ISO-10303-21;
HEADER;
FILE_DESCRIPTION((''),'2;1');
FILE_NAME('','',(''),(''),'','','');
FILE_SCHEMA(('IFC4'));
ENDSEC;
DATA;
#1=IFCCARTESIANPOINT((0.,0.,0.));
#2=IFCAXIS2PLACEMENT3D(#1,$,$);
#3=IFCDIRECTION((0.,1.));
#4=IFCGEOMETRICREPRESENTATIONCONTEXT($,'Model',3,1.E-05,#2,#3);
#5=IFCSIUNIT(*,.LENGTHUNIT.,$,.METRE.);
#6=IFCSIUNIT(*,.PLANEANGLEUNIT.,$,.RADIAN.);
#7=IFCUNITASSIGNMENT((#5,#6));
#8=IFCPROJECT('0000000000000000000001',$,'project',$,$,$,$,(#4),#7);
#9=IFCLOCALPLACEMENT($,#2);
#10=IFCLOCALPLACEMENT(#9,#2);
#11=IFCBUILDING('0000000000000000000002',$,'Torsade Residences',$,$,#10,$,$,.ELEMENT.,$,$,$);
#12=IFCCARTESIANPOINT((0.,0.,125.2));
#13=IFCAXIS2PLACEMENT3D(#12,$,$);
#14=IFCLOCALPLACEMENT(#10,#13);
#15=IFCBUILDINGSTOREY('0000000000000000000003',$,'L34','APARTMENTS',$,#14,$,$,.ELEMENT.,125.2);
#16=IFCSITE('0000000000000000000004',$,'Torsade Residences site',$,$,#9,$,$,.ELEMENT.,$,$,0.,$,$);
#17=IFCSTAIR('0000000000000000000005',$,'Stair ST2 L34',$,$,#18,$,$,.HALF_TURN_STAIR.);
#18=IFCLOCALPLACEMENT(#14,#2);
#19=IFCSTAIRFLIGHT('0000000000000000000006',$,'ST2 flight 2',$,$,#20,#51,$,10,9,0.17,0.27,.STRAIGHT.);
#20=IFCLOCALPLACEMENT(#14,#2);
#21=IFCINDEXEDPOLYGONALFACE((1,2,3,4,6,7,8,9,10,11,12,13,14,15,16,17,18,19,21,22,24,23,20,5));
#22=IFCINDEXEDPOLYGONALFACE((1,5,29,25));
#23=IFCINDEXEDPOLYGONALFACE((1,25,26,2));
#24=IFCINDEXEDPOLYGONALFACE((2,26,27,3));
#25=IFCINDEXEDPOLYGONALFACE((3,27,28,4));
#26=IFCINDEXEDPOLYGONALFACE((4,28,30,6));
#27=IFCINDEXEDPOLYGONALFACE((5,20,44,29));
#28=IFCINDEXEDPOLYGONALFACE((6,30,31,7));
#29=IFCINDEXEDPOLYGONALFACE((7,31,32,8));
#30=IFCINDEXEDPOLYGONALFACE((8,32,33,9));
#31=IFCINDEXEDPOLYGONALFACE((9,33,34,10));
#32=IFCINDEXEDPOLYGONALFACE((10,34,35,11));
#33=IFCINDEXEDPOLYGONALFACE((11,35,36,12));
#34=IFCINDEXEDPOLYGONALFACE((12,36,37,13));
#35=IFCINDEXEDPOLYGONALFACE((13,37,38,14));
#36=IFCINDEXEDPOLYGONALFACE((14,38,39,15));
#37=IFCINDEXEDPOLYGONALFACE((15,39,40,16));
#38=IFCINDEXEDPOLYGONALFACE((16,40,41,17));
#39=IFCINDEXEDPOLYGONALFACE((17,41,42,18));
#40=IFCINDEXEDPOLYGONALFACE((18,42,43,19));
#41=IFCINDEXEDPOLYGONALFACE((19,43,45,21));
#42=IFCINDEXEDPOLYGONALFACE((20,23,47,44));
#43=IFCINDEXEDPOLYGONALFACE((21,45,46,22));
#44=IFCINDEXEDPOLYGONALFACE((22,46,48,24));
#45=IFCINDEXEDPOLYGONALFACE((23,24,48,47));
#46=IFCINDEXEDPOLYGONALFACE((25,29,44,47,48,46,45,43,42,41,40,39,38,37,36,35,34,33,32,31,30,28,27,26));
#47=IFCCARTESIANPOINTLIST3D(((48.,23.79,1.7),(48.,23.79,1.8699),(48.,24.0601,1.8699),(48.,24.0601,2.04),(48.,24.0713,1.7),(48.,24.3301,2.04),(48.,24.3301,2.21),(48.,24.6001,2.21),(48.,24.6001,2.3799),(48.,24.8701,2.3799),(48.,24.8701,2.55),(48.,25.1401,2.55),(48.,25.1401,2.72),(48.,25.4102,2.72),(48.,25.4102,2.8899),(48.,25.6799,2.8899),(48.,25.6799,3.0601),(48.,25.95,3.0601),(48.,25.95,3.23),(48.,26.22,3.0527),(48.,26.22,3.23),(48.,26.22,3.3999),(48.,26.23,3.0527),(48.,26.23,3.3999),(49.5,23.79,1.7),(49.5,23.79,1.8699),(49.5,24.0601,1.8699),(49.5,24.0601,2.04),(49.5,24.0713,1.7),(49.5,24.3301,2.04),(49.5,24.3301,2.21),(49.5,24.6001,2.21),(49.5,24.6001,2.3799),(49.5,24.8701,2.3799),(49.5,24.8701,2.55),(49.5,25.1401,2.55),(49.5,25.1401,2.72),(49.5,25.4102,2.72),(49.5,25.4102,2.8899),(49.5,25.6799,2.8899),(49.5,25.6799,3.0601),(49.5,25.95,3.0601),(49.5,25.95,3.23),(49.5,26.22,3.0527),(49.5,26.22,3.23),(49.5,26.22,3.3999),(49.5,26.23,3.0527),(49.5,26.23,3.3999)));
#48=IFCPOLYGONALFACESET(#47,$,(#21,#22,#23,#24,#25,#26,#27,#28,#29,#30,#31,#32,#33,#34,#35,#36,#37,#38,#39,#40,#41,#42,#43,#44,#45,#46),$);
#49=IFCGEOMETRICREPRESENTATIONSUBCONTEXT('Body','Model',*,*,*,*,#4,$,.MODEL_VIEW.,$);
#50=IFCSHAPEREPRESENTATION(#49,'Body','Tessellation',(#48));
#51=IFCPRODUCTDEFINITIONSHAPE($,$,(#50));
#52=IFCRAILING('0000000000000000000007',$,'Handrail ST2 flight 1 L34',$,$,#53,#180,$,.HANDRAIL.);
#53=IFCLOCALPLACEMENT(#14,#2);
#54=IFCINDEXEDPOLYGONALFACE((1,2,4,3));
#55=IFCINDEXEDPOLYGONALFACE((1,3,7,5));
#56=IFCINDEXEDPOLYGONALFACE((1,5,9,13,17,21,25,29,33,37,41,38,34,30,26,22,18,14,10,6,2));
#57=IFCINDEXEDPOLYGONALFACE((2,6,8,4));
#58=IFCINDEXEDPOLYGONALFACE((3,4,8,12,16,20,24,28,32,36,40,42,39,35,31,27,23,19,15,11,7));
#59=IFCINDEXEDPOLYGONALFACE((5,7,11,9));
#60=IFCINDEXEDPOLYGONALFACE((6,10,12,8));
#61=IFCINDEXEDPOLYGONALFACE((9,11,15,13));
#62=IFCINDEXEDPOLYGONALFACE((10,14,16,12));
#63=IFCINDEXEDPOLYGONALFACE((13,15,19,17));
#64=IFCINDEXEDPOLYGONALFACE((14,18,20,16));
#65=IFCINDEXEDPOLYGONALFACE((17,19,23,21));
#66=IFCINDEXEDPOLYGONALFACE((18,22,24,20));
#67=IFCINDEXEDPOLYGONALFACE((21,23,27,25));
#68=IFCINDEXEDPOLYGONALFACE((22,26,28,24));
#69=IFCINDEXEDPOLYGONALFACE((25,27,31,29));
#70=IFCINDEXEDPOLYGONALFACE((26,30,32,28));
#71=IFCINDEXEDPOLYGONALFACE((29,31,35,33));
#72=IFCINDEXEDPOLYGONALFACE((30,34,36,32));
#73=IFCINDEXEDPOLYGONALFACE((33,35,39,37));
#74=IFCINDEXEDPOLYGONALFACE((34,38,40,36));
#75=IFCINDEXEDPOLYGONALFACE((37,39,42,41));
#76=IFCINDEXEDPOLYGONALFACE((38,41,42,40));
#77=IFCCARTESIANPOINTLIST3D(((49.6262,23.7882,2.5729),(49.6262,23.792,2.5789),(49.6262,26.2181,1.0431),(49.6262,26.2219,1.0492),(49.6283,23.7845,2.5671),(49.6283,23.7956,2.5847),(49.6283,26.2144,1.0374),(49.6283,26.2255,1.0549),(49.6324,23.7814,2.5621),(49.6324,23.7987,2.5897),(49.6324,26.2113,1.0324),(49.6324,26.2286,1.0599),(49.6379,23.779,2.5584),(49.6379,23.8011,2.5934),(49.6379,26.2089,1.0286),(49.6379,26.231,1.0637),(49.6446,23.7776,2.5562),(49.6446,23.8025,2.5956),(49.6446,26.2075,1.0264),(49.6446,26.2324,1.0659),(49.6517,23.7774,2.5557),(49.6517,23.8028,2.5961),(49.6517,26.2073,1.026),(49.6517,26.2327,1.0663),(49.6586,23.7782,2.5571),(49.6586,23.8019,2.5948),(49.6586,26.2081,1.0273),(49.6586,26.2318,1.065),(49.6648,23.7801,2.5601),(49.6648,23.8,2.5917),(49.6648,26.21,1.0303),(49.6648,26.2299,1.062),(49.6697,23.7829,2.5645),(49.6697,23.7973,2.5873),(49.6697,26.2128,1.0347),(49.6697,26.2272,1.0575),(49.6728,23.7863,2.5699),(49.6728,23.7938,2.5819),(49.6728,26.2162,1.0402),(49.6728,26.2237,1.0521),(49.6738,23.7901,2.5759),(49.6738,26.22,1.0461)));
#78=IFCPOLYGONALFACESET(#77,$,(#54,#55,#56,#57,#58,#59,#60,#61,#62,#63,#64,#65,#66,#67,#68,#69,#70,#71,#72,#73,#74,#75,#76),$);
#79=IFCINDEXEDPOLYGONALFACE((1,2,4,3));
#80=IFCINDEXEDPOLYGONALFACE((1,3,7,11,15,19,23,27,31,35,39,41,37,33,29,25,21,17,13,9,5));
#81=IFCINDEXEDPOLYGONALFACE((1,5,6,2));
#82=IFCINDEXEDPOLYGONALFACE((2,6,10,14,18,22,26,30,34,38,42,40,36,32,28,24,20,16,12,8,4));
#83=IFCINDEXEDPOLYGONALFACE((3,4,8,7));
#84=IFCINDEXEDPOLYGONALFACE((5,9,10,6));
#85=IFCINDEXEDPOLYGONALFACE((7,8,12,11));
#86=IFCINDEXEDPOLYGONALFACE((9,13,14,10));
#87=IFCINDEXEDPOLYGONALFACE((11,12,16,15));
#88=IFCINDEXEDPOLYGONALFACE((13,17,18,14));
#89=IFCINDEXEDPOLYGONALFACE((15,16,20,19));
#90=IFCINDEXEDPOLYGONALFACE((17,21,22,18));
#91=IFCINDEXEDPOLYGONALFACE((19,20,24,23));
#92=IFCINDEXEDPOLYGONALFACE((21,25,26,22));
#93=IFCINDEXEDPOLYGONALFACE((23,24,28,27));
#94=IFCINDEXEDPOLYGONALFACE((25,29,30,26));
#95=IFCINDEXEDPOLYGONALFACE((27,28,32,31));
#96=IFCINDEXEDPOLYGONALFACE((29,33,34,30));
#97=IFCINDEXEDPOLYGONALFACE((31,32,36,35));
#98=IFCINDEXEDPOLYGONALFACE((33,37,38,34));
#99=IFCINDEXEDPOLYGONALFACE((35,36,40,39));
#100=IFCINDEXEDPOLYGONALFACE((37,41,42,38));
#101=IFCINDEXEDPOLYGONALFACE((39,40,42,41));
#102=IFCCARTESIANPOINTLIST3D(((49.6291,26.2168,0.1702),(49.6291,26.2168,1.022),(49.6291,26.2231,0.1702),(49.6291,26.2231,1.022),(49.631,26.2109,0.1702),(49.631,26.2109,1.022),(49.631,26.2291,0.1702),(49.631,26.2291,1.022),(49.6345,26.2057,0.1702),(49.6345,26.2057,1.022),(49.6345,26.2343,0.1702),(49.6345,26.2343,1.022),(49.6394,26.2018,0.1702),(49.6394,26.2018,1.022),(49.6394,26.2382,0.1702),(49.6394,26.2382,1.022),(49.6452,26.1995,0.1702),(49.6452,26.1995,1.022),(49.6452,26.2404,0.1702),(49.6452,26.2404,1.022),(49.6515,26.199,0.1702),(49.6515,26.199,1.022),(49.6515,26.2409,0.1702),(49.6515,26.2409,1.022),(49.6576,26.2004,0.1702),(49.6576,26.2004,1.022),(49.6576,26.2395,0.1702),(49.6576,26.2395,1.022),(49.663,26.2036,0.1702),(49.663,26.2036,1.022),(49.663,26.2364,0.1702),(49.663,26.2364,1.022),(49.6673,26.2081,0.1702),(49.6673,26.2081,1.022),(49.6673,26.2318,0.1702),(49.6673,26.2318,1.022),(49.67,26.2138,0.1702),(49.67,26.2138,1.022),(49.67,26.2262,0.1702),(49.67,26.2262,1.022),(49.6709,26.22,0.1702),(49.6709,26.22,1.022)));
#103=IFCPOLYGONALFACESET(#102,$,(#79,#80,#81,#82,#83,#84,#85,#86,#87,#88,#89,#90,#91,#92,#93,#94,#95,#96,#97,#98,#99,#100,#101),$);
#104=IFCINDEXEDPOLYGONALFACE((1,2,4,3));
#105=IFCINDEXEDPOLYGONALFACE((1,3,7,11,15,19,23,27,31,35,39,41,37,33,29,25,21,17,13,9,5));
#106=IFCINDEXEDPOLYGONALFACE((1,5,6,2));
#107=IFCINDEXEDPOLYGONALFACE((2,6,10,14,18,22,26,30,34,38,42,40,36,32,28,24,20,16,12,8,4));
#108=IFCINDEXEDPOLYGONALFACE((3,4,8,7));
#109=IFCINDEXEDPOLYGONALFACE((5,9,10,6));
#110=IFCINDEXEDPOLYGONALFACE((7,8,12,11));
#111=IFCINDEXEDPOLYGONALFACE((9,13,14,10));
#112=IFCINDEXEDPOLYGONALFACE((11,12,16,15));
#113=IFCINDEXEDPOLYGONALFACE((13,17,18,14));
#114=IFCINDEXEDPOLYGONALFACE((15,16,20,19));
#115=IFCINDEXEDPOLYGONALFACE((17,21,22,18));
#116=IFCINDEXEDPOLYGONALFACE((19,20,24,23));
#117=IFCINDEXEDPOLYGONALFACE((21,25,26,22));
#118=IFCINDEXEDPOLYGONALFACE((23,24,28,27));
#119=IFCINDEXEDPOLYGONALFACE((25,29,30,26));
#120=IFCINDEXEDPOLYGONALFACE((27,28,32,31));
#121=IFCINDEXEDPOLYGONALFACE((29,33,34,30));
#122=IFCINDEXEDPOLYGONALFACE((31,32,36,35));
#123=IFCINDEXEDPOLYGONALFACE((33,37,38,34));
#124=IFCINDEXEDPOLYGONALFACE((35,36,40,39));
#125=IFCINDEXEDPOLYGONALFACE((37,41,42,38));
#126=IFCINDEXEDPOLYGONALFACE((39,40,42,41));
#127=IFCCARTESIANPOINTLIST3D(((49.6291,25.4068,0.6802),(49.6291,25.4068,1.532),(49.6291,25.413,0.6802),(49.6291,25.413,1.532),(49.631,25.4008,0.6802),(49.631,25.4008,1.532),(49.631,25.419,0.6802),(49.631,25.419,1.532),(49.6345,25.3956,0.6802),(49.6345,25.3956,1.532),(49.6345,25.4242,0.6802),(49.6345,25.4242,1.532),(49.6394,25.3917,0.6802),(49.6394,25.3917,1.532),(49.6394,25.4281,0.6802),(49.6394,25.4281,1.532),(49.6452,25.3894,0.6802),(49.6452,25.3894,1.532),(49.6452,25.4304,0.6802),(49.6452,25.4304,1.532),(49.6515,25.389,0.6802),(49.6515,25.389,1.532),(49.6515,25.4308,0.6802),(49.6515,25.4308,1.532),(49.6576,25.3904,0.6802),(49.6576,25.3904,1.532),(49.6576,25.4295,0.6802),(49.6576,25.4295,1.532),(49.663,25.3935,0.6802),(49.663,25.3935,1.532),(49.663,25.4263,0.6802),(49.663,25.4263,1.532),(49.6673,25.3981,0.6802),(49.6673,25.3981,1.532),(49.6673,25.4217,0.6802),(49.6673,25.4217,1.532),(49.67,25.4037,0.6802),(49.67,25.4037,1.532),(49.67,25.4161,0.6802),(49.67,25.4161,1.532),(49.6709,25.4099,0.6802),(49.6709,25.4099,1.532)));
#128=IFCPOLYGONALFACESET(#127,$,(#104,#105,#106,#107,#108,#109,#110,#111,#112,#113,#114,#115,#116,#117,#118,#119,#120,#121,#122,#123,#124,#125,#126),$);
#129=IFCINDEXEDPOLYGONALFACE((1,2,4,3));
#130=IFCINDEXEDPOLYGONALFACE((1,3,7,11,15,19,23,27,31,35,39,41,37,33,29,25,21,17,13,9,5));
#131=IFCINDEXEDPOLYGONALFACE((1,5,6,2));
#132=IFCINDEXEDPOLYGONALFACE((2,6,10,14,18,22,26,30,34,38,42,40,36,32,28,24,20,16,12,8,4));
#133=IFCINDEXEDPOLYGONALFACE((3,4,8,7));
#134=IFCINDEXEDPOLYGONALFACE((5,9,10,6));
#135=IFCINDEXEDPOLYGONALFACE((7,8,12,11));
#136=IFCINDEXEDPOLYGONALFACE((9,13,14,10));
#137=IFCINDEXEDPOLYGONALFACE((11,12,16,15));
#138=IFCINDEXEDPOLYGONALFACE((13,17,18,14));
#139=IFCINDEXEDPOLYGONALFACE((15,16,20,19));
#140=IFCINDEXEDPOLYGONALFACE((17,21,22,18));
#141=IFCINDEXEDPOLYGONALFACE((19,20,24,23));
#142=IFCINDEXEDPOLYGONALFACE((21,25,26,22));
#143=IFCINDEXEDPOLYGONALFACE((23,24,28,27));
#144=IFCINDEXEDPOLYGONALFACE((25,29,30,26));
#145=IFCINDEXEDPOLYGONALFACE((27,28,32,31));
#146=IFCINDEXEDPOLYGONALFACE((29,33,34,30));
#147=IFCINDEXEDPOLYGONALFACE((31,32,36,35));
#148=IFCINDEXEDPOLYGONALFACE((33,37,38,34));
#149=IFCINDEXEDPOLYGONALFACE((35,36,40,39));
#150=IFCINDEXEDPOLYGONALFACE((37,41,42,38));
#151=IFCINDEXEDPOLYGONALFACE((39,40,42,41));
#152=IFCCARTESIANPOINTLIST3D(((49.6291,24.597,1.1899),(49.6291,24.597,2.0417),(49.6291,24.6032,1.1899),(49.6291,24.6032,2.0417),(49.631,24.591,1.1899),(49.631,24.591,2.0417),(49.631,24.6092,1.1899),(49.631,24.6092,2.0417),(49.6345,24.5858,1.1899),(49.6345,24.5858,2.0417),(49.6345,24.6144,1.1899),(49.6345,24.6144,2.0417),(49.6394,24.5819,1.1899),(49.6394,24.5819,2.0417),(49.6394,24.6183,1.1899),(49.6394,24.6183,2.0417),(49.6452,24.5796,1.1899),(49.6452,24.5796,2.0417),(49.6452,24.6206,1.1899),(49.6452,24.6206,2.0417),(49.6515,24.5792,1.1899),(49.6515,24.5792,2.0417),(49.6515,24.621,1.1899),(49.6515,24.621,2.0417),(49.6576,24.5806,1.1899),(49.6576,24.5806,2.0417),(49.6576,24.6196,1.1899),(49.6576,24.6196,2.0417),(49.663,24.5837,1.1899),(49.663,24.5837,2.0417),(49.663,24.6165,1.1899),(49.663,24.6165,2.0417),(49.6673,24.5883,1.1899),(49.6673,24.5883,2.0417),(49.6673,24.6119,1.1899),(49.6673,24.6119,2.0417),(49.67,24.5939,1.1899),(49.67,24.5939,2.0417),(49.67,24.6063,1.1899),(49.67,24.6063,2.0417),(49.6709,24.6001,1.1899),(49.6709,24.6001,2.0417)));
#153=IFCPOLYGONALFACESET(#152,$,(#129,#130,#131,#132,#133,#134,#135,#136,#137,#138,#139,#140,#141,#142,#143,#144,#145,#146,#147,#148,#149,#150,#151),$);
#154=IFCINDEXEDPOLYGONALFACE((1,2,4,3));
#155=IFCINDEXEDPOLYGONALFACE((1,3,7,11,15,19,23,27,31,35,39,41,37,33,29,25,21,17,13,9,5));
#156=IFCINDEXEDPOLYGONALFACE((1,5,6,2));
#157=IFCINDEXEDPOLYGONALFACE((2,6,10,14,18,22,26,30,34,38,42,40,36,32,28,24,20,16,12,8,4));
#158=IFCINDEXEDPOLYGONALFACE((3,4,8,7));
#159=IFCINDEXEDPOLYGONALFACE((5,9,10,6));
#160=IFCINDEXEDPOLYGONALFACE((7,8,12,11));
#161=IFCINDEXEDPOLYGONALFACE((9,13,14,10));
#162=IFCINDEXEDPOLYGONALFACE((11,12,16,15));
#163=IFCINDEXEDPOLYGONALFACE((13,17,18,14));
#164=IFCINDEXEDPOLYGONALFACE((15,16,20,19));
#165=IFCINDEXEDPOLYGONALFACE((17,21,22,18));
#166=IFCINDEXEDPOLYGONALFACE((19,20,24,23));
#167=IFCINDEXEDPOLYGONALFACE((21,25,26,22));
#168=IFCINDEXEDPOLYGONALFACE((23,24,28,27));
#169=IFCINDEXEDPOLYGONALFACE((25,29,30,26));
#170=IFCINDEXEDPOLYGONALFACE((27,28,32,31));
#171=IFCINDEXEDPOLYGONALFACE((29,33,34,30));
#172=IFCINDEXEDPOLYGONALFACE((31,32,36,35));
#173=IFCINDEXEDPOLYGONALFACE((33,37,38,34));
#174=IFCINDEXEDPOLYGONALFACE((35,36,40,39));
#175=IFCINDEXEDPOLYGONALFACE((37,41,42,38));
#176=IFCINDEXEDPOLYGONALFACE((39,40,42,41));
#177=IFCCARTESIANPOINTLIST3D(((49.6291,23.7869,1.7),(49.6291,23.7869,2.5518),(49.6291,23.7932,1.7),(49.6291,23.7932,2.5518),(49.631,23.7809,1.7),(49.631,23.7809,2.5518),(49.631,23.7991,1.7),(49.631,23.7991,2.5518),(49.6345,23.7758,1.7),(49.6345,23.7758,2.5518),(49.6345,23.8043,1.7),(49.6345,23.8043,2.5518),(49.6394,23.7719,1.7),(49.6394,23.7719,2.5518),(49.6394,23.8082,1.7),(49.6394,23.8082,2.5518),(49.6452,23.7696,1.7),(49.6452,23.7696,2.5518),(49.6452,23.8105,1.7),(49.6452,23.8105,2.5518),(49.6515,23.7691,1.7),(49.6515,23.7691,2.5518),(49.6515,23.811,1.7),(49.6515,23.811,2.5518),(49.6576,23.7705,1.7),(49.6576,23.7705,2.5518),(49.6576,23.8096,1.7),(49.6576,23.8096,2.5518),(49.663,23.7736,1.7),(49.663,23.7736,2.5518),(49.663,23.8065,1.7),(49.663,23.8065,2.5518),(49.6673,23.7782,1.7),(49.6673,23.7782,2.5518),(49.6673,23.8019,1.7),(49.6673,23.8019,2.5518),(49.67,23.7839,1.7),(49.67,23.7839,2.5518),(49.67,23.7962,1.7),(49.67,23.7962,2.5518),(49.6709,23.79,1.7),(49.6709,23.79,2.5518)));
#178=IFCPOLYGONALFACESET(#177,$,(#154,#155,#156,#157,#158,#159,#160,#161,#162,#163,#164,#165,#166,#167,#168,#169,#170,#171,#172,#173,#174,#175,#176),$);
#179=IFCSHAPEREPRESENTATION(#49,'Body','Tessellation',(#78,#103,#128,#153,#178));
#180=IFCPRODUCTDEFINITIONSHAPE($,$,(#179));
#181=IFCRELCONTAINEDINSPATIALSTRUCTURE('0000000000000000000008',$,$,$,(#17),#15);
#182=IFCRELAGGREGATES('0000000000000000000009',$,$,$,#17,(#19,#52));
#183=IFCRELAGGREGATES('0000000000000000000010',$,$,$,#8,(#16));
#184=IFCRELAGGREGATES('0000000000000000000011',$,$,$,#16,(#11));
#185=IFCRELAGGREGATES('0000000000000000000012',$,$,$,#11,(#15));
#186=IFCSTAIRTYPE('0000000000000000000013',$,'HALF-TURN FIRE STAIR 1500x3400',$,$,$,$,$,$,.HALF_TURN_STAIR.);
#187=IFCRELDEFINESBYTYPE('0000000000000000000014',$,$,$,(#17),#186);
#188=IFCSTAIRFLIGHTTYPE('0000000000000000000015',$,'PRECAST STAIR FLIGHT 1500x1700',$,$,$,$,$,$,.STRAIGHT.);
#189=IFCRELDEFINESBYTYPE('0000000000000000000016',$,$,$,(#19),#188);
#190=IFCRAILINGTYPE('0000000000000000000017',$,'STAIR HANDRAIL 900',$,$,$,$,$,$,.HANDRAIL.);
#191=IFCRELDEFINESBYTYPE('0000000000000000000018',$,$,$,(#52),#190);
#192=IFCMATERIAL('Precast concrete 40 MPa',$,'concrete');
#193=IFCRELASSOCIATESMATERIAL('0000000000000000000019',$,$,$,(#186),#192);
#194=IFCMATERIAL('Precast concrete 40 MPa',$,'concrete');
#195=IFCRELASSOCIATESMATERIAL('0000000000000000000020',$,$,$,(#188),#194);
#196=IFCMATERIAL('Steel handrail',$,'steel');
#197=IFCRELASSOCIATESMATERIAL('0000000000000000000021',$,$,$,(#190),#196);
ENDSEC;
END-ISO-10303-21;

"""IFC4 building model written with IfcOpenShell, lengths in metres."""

from ifc_helpers import new_model, si_unit, direction, frame, origin, origin_2d, place, context, subcontext, project, spatial, polyline, circle, outline, extrude, material, type_object, element, aggregate, save


model = new_model("IFC4")

# Units and contexts
model_context = context("Model", 3, precision=1e-05, world=origin(), true_north=direction((0.0, 1.0)))
body_context = subcontext(model_context, "Body", "Model", "MODEL_VIEW")
ifc_project = project(units=[si_unit("LENGTHUNIT", "METRE"), si_unit("PLANEANGLEUNIT", "RADIAN")], contexts=[model_context])

# Site, building, storey
site_placement = place(None, origin())
site = spatial("IfcSite", under=ifc_project, at=site_placement, Name="Torsade Residences site", CompositionType="ELEMENT", RefElevation=0.0)
building_placement = place(site_placement, origin())
building = spatial("IfcBuilding", under=site, at=building_placement, Name="Torsade Residences", CompositionType="ELEMENT")
storey_placement = place(building_placement, frame((0.0, 0.0, 125.2)))
storey = spatial("IfcBuildingStorey", under=building, at=storey_placement, Name="L34", Description="APARTMENTS", CompositionType="ELEMENT", Elevation=125.2)

# Stair, stair flight, railing
ifc_material_1 = material(Name="Precast concrete 40 MPa", Category="concrete")
stair_type = type_object("IfcStairType", Name="HALF-TURN FIRE STAIR 1500x3400", PredefinedType="HALF_TURN_STAIR", material=ifc_material_1)
stair_placement = place(storey_placement, origin())
stair = element("IfcStair", 1, at=stair_placement, inside=storey, type_object=stair_type, Name="Stair ST2 L34", PredefinedType="HALF_TURN_STAIR")
ifc_material_2 = material(Name="Precast concrete 40 MPa", Category="concrete")
stair_flight_type = type_object("IfcStairFlightType", Name="PRECAST STAIR FLIGHT 1500x1700", PredefinedType="STRAIGHT", material=ifc_material_2)
stair_flight_1_placement = place(storey_placement, frame((48.75, 23.79, 1.7), z_axis=(0.0, 0.0, 1.0), x_axis=(0.0, 1.0, 0.0)))
stair_flight_1 = element("IfcStairFlight", 2, at=stair_flight_1_placement, type_object=stair_flight_type, Name="ST2 flight 2", NumberOfRisers=10, NumberOfTreads=9, PredefinedType="STRAIGHT", RiserHeight=0.17, TreadLength=0.27, context=body_context, shape_type="SweptSolid", body=[
    extrude(outline(polyline([(0.0, 0.0), (0.0, 0.1699), (0.27, 0.1699), (0.27, 0.3401), (0.54, 0.3401), (0.54, 0.51), (0.8101, 0.51), (0.8101, 0.6799), (1.0801, 0.6799), (1.0801, 0.8501), (1.3501, 0.8501), (1.3501, 1.02), (1.6201, 1.02), (1.6201, 1.1899), (1.8899, 1.1899), (1.8899, 1.3601), (2.1599, 1.3601), (2.1599, 1.53), (2.4299, 1.53), (2.4299, 1.7), (2.4399, 1.7), (2.4399, 1.3528), (2.4299, 1.3528), (0.2812, 0.0), (0.0, 0.0)])), frame((0.0, 0.75, 0.0), z_axis=(0.0, -1.0, 0.0), x_axis=(1.0, 0.0, 0.0)), (0.0, 0.0, 1.0), 1.5),
])
ifc_material_3 = material(Name="Steel handrail", Category="steel")
railing_type = type_object("IfcRailingType", Name="STAIR HANDRAIL 900", PredefinedType="HANDRAIL", material=ifc_material_3)
railing_1_placement = place(storey_placement, frame((49.6499, 26.22, 0.1702)))
railing_1 = element("IfcRailing", 3, at=railing_1_placement, type_object=railing_type, Name="Handrail ST2 flight 1 L34", PredefinedType="HANDRAIL", context=body_context, shape_type="SweptSolid", body=[
    extrude(circle(Radius=0.0239, at=origin_2d()), frame((0.0, 0.0, 0.876), z_axis=(0.0, -0.84626, 0.53277), x_axis=(1.0, 0.0, 0.0)), (0.0, 0.0, 1.0), 2.8713),
    extrude(circle(Radius=0.021, at=origin_2d()), origin(), (0.0, 0.0, 1.0), 0.8518),
    extrude(circle(Radius=0.021, at=origin_2d()), frame((0.0, -0.8101, 0.51)), (0.0, 0.0, 1.0), 0.8518),
    extrude(circle(Radius=0.021, at=origin_2d()), frame((0.0, -1.6199, 1.0198)), (0.0, 0.0, 1.0), 0.8518),
    extrude(circle(Radius=0.021, at=origin_2d()), frame((0.0, -2.4299, 1.5298)), (0.0, 0.0, 1.0), 0.8518),
])
aggregate(stair, [stair_flight_1, railing_1])

save(model, "model.ifc")
